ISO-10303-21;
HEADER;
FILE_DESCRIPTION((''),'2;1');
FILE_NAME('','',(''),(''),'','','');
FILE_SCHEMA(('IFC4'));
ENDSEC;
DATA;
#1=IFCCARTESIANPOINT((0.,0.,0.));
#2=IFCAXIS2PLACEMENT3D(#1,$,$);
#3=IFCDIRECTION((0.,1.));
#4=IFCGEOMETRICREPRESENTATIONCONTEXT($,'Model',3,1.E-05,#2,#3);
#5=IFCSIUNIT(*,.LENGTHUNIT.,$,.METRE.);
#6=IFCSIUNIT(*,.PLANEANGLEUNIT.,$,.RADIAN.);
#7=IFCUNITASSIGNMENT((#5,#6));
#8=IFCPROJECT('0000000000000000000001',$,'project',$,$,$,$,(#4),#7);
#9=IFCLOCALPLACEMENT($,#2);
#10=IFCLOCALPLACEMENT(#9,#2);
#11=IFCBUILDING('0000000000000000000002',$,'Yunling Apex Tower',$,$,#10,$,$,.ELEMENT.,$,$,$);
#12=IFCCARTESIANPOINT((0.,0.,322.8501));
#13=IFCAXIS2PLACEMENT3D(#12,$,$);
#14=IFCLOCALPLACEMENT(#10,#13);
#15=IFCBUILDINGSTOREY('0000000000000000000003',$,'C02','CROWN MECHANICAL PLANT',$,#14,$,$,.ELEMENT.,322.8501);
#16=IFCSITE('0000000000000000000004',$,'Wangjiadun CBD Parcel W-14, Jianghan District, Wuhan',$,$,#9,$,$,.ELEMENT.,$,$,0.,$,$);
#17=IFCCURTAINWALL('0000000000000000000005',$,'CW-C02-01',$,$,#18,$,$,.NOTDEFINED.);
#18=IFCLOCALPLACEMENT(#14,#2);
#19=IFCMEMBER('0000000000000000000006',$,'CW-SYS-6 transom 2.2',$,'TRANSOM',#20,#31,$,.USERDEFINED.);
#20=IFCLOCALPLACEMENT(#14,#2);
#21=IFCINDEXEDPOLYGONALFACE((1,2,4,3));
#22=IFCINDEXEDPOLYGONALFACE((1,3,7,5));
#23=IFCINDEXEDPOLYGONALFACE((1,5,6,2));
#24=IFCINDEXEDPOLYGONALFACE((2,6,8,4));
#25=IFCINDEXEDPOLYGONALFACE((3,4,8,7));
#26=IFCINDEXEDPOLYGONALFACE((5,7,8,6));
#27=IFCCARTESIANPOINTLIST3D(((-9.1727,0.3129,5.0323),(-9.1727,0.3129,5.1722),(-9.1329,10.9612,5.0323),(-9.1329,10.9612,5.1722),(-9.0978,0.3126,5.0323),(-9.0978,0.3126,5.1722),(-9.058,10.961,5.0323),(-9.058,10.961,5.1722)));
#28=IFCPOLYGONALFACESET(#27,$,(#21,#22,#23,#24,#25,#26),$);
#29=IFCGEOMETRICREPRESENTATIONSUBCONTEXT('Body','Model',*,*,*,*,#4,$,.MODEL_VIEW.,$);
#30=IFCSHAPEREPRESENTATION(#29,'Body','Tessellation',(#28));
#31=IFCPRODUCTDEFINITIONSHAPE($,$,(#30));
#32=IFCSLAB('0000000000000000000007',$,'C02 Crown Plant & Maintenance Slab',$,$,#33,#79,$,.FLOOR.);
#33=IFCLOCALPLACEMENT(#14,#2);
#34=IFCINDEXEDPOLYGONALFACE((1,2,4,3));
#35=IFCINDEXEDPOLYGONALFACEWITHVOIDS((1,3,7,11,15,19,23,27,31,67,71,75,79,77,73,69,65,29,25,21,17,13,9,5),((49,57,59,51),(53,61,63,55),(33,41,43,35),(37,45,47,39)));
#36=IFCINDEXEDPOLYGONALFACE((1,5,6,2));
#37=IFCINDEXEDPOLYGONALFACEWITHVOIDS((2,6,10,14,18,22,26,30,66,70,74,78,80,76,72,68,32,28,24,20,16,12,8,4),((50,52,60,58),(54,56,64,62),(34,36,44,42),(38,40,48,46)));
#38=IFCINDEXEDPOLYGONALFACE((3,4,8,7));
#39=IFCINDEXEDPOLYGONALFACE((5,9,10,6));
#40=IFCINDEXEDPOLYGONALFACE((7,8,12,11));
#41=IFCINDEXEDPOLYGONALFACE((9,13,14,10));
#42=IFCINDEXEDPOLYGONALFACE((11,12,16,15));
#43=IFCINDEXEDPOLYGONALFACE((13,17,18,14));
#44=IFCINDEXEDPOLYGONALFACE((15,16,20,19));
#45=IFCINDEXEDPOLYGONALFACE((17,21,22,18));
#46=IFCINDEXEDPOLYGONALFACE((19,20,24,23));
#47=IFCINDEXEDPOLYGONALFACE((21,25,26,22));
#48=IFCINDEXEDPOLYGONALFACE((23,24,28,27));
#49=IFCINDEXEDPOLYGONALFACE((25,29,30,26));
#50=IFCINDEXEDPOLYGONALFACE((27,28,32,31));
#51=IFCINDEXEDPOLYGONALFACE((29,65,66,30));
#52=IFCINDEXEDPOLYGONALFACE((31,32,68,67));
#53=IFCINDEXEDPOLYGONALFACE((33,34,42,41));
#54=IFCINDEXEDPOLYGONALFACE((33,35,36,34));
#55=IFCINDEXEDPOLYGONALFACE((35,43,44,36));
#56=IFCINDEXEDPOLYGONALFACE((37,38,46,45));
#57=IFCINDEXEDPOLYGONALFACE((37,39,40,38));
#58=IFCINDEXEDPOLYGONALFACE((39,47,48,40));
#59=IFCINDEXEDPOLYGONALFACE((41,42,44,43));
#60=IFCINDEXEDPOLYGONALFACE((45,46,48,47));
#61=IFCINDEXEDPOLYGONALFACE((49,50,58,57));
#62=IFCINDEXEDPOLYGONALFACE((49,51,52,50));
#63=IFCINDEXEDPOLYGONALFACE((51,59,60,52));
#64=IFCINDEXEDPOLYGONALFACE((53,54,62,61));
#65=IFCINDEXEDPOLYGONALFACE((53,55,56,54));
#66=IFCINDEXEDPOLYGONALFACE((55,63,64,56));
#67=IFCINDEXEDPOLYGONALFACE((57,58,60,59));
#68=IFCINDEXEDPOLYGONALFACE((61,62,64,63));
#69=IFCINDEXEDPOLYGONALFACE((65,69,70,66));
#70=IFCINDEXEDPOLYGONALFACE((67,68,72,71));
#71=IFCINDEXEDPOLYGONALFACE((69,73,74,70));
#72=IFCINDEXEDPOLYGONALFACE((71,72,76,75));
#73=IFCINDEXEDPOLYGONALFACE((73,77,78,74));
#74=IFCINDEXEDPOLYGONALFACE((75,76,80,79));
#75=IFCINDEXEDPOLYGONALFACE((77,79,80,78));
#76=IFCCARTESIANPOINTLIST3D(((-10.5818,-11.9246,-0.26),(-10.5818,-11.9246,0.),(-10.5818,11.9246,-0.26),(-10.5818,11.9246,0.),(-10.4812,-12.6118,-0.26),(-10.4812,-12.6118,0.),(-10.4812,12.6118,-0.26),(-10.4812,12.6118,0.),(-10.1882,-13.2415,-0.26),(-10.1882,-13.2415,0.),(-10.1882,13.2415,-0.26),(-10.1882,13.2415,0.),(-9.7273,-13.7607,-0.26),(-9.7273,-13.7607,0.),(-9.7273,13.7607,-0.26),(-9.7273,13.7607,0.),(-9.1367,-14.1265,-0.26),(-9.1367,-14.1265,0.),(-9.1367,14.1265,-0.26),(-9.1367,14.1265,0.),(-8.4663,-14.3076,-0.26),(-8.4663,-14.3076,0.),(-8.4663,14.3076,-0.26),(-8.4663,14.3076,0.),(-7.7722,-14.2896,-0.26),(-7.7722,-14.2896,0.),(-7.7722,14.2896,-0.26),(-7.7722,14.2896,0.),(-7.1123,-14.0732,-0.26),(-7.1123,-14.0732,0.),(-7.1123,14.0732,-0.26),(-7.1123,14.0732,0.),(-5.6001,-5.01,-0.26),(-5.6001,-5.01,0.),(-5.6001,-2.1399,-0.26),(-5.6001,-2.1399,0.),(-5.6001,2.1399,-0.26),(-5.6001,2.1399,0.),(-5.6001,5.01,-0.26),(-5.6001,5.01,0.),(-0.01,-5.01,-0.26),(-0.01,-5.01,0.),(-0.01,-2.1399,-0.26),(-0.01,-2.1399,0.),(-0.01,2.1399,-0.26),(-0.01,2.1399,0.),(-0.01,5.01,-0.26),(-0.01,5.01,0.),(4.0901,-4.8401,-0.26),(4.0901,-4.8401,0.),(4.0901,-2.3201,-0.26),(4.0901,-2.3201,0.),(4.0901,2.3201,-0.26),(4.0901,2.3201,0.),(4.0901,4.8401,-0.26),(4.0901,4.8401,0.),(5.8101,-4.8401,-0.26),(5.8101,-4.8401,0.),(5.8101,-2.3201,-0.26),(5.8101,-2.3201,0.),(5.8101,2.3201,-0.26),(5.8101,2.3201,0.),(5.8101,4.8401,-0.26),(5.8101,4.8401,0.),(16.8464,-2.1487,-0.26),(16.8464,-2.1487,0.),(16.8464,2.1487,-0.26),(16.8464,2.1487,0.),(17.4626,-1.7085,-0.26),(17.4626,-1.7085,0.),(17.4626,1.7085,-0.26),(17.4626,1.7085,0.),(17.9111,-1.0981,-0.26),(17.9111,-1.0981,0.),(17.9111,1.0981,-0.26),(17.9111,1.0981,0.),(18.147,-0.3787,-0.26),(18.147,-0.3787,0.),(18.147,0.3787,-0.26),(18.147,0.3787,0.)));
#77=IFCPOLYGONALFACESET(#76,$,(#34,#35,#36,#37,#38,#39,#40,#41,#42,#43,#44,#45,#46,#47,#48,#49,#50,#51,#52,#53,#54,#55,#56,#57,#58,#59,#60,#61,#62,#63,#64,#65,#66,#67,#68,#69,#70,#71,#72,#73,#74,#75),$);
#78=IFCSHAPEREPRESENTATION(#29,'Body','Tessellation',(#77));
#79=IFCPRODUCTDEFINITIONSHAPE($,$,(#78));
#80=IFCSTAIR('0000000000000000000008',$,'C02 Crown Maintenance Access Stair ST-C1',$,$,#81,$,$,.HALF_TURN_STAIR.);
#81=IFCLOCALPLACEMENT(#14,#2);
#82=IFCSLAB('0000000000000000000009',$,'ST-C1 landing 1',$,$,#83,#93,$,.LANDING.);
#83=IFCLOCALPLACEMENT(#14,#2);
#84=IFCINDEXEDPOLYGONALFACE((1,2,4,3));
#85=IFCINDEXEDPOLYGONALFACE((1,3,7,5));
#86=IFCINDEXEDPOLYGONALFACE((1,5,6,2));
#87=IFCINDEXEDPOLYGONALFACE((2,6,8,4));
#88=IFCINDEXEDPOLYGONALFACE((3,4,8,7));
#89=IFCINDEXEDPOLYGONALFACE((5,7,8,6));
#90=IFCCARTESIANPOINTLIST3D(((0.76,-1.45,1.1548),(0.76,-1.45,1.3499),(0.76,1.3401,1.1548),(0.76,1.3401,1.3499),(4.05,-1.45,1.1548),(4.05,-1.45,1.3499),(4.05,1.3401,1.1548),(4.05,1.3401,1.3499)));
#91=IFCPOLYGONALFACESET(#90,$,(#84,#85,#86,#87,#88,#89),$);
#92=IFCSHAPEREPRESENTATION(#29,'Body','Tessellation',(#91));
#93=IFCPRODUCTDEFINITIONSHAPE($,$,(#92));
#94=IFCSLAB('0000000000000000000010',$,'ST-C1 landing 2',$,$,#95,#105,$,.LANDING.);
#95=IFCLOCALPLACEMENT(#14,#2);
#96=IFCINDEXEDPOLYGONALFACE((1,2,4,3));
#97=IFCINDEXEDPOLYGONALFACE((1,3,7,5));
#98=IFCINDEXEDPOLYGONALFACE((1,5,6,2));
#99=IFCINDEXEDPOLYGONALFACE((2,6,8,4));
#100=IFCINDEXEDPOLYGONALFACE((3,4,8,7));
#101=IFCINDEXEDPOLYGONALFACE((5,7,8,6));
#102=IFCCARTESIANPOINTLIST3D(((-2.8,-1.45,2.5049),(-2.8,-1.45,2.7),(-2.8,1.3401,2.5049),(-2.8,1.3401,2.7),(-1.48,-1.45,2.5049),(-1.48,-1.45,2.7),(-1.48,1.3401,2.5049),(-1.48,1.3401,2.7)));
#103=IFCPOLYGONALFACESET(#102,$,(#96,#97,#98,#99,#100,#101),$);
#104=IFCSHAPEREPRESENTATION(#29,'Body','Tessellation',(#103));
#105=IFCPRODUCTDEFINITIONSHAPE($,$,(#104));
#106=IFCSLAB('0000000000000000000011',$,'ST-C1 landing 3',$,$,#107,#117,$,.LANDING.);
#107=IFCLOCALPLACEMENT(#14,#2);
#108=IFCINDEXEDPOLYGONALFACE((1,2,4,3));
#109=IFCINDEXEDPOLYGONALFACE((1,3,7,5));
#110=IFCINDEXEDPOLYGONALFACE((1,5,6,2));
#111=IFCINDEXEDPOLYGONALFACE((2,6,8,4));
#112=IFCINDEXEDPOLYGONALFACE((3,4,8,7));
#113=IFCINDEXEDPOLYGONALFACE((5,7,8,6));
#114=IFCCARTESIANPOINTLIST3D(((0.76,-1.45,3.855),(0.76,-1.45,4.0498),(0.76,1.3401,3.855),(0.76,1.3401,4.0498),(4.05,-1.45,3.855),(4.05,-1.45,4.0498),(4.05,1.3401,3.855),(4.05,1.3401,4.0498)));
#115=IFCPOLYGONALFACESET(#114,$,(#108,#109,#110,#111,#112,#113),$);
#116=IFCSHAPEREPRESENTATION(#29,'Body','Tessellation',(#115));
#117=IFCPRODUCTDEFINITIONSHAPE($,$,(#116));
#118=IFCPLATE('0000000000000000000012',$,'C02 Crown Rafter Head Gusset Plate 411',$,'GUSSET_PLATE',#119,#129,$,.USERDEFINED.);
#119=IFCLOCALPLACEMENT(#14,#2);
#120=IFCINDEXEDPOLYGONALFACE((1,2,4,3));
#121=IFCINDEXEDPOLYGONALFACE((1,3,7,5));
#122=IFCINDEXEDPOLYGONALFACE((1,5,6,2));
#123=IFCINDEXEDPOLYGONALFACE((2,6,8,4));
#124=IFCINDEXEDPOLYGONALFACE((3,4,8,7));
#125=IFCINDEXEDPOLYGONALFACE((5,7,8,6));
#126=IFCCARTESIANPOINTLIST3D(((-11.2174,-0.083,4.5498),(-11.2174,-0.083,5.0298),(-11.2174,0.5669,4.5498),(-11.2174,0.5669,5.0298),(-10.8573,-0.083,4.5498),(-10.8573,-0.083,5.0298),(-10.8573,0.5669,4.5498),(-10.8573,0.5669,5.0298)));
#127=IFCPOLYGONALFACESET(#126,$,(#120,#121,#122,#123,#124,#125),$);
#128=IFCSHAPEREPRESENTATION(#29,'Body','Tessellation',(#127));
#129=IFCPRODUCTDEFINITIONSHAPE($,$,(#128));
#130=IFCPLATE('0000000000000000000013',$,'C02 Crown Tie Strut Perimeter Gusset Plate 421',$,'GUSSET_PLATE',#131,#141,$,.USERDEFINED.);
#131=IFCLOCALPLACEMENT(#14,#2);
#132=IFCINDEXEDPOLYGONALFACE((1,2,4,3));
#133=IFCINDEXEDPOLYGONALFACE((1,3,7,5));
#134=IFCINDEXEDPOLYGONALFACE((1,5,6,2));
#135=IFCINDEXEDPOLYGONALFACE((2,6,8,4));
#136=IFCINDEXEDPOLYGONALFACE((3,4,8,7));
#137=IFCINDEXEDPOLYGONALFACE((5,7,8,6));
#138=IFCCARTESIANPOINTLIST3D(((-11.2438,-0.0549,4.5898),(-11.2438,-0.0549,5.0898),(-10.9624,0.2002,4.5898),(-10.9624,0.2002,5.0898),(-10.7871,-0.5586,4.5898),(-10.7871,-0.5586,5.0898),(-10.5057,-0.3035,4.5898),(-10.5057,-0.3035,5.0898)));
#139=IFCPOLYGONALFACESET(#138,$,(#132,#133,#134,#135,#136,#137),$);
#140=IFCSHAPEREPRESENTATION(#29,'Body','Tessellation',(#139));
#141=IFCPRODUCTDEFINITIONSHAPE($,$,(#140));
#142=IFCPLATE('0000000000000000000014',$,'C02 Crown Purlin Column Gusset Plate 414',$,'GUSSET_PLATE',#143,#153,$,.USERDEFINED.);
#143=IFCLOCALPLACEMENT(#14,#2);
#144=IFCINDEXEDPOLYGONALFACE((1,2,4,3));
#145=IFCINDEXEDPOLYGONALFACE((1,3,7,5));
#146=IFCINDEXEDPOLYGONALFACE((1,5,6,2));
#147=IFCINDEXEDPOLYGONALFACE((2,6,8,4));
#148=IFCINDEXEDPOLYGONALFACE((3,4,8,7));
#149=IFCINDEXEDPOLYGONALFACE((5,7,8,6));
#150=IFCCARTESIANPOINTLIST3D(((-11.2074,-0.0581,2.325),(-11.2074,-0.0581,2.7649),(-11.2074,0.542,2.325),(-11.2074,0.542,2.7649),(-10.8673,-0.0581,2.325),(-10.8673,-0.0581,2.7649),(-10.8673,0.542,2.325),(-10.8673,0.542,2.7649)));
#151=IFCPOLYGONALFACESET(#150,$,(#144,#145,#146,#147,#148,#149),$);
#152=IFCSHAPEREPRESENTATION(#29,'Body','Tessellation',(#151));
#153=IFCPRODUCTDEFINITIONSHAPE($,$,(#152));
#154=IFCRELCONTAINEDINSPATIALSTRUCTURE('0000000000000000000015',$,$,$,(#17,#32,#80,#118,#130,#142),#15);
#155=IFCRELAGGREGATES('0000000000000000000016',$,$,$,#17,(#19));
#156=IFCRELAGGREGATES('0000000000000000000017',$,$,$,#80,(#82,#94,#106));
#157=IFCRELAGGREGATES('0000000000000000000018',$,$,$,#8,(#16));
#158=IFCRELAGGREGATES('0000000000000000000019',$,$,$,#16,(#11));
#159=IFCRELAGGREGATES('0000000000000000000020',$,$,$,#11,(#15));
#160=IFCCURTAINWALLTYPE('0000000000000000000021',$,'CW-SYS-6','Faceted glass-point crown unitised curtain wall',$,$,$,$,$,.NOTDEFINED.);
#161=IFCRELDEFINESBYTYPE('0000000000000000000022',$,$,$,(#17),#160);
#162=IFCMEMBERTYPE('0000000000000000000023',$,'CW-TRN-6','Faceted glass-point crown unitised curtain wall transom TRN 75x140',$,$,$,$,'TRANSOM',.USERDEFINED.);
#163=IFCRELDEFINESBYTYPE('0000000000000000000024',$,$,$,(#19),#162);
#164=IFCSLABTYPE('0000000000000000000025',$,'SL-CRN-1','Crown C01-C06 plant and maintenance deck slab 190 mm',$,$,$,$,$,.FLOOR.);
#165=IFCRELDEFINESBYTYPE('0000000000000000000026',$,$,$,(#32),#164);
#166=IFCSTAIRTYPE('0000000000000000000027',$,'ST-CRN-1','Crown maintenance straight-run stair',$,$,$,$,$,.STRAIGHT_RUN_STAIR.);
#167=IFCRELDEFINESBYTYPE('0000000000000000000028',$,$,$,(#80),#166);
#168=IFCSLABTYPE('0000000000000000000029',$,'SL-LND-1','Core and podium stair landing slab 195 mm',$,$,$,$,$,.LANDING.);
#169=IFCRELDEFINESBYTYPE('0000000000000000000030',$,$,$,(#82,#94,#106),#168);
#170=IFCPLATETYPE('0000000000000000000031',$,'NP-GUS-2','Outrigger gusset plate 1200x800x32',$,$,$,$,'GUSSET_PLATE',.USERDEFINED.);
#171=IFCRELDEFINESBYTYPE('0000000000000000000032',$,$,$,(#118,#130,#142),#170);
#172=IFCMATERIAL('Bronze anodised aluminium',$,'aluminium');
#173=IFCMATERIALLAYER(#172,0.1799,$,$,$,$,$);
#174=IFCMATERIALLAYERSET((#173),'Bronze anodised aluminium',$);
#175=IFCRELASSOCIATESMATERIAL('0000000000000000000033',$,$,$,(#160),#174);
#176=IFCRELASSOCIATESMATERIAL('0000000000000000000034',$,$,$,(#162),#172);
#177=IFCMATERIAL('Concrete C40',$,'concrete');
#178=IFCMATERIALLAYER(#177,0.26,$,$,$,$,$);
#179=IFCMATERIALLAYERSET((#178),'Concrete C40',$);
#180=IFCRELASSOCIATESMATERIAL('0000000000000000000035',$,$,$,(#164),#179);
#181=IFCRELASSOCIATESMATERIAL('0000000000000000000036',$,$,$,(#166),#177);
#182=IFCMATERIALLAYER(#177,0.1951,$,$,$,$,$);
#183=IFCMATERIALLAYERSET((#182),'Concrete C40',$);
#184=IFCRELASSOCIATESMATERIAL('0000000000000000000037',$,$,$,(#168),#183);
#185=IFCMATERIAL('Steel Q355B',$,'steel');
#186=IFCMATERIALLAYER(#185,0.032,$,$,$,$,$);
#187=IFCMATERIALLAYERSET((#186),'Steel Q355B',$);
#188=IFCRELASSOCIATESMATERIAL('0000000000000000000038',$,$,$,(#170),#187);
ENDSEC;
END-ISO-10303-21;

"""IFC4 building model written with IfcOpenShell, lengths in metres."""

from ifc_helpers import new_model, si_unit, direction, frame, origin, origin_2d, place, context, subcontext, project, spatial, polyline, rectangle, outline, extrude, source, transform, mapped, material, layer, layer_set, material_profile, profile_set, type_object, element, aggregate, save


model = new_model("IFC4")

# Units and contexts
model_context = context("Model", 3, precision=1e-05, world=origin(), true_north=direction((0.0, 1.0)))
body_context = subcontext(model_context, "Body", "Model", "MODEL_VIEW")
ifc_project = project(units=[si_unit("LENGTHUNIT", "METRE"), si_unit("PLANEANGLEUNIT", "RADIAN")], contexts=[model_context])

# Site, building, storey
site_placement = place(None, origin())
site = spatial("IfcSite", under=ifc_project, at=site_placement, Name="Wangjiadun CBD Parcel W-14, Jianghan District, Wuhan", CompositionType="ELEMENT", RefElevation=0.0)
building_placement = place(site_placement, origin())
building = spatial("IfcBuilding", under=site, at=building_placement, Name="Yunling Apex Tower", CompositionType="ELEMENT")
storey_placement = place(building_placement, frame((0.0, 0.0, 322.8501)))
storey = spatial("IfcBuildingStorey", under=building, at=storey_placement, Name="C02", Description="CROWN MECHANICAL PLANT", CompositionType="ELEMENT", Elevation=322.8501)

# Shared definitions
ifc_material_1 = material(Name="Steel Q355B", Category="steel")

# Curtain wall, member
ifc_material_2 = material(Name="Bronze anodised aluminium", Category="aluminium")
ifc_layer_1 = layer(ifc_material_2, 0.1799)
ifc_layer_set_1 = layer_set([ifc_layer_1], Name="Bronze anodised aluminium")
curtain_wall_type = type_object("IfcCurtainWallType", Name="CW-SYS-6", Description="Faceted glass-point crown unitised curtain wall", PredefinedType="NOTDEFINED", material=ifc_layer_set_1)
curtain_wall_placement = place(storey_placement, origin())
curtain_wall = element("IfcCurtainWall", 1, at=curtain_wall_placement, inside=storey, type_object=curtain_wall_type, Name="CW-C02-01", PredefinedType="NOTDEFINED")
ifc_material_profile_1 = material_profile(ifc_material_2, rectangle(XDim=0.075, YDim=0.1399, at=origin_2d()))
ifc_profile_set_1 = profile_set([ifc_material_profile_1], Name="Bronze anodised aluminium")
member_type_1 = type_object("IfcMemberType", Name="CW-TRN-6", Description="Faceted glass-point crown unitised curtain wall transom TRN 75x140", ElementType="TRANSOM", PredefinedType="USERDEFINED", material=ifc_profile_set_1)
shared_shape_1 = source(origin(), body_context, "Body", "SweptSolid", [
    extrude(rectangle(XDim=0.075, YDim=0.1399, at=origin_2d()), origin(), (0.0, 0.0, 1.0), 10.6484),
])
member_1_placement = place(storey_placement, frame((-9.1353, 0.3127, 5.1023), z_axis=(0.003737, 0.999993, 0.0), x_axis=(-0.999993, 0.003737, 0.0)))
member_1 = element("IfcMember", 2, at=member_1_placement, type_object=member_type_1, Name="CW-SYS-6 transom 2.2", ObjectType="TRANSOM", PredefinedType="USERDEFINED", context=body_context, shape_type="MappedRepresentation", body=[
    mapped(shared_shape_1, transform((0.0, 0.0, 0.0), scale=1.0)),
])
aggregate(curtain_wall, [member_1])

# Slab
ifc_material_3 = material(Name="Concrete C40", Category="concrete")
ifc_layer_2 = layer(ifc_material_3, 0.26)
ifc_layer_set_2 = layer_set([ifc_layer_2], Name="Concrete C40")
slab_type_1 = type_object("IfcSlabType", Name="SL-CRN-1", Description="Crown C01-C06 plant and maintenance deck slab 190 mm", PredefinedType="FLOOR", material=ifc_layer_set_2)
slab_1_placement = place(storey_placement, frame((0.0, 0.0, -0.26)))
element("IfcSlab", 3, at=slab_1_placement, inside=storey, type_object=slab_type_1, Name="C02 Crown Plant & Maintenance Slab", PredefinedType="FLOOR", context=body_context, shape_type="SweptSolid", body=[
    extrude(outline(polyline([(-10.5818, -11.9246), (-10.4812, -12.6118), (-10.1882, -13.2415), (-9.7273, -13.7607), (-9.1367, -14.1265), (-8.4663, -14.3076), (-7.7722, -14.2896), (-7.1123, -14.0732), (16.8464, -2.1487), (17.4626, -1.7085), (17.9111, -1.0981), (18.147, -0.3787), (18.147, 0.3787), (17.9111, 1.0981), (17.4626, 1.7085), (16.8464, 2.1487), (-7.1123, 14.0732), (-7.7722, 14.2896), (-8.4663, 14.3076), (-9.1367, 14.1265), (-9.7273, 13.7607), (-10.1882, 13.2415), (-10.4812, 12.6118), (-10.5818, 11.9246), (-10.5818, -11.9246)]), holes=[polyline([(4.0901, -4.8401), (4.0901, -2.3201), (5.8101, -2.3201), (5.8101, -4.8401), (4.0901, -4.8401)]), polyline([(4.0901, 2.3201), (4.0901, 4.8401), (5.8101, 4.8401), (5.8101, 2.3201), (4.0901, 2.3201)]), polyline([(-0.01, -2.1399), (-0.01, -5.01), (-5.6001, -5.01), (-5.6001, -2.1399), (-0.01, -2.1399)]), polyline([(-0.01, 5.01), (-0.01, 2.1399), (-5.6001, 2.1399), (-5.6001, 5.01), (-0.01, 5.01)])]), origin(), (0.0, 0.0, 1.0), 0.26),
])

# Stair, slabs
stair_type = type_object("IfcStairType", Name="ST-CRN-1", Description="Crown maintenance straight-run stair", PredefinedType="STRAIGHT_RUN_STAIR", material=ifc_material_3)
stair_placement = place(storey_placement, origin())
stair = element("IfcStair", 4, at=stair_placement, inside=storey, type_object=stair_type, Name="C02 Crown Maintenance Access Stair ST-C1", PredefinedType="HALF_TURN_STAIR")
ifc_layer_3 = layer(ifc_material_3, 0.1951)
ifc_layer_set_3 = layer_set([ifc_layer_3], Name="Concrete C40")
slab_type_2 = type_object("IfcSlabType", Name="SL-LND-1", Description="Core and podium stair landing slab 195 mm", PredefinedType="LANDING", material=ifc_layer_set_3)
slab_2_placement = place(storey_placement, frame((0.0, 0.0, 1.1548)))
slab_2 = element("IfcSlab", 5, at=slab_2_placement, type_object=slab_type_2, Name="ST-C1 landing 1", PredefinedType="LANDING", context=body_context, shape_type="SweptSolid", body=[
    extrude(outline(polyline([(0.76, -1.45), (4.05, -1.45), (4.05, 1.3401), (0.76, 1.3401), (0.76, -1.45)])), origin(), (0.0, 0.0, 1.0), 0.1951),
])
slab_3_placement = place(storey_placement, frame((0.0, 0.0, 2.5049)))
slab_3 = element("IfcSlab", 6, at=slab_3_placement, type_object=slab_type_2, Name="ST-C1 landing 2", PredefinedType="LANDING", context=body_context, shape_type="SweptSolid", body=[
    extrude(outline(polyline([(-2.8, -1.45), (-1.48, -1.45), (-1.48, 1.3401), (-2.8, 1.3401), (-2.8, -1.45)])), origin(), (0.0, 0.0, 1.0), 0.1951),
])
slab_4_placement = place(storey_placement, frame((0.0, 0.0, 3.855)))
slab_4 = element("IfcSlab", 7, at=slab_4_placement, type_object=slab_type_2, Name="ST-C1 landing 3", PredefinedType="LANDING", context=body_context, shape_type="SweptSolid", body=[
    extrude(outline(polyline([(0.76, -1.45), (4.05, -1.45), (4.05, 1.3401), (0.76, 1.3401), (0.76, -1.45)])), origin(), (0.0, 0.0, 1.0), 0.1948),
])
aggregate(stair, [slab_2, slab_3, slab_4])

# Plates
ifc_layer_4 = layer(ifc_material_1, 0.032)
ifc_layer_set_4 = layer_set([ifc_layer_4], Name="Steel Q355B")
plate_type = type_object("IfcPlateType", Name="NP-GUS-2", Description="Outrigger gusset plate 1200x800x32", ElementType="GUSSET_PLATE", PredefinedType="USERDEFINED", material=ifc_layer_set_4)
shared_shape_2 = source(origin(), body_context, "Body", "SweptSolid", [
    extrude(rectangle(XDim=0.6499, YDim=0.3601, at=origin_2d()), origin(), (0.0, 0.0, 1.0), 0.48),
])
plate_1_placement = place(storey_placement, frame((-11.0374, 0.2419, 4.5498), z_axis=(0.0, 0.0, 1.0), x_axis=(0.0, -1.0, 0.0)))
element("IfcPlate", 8, at=plate_1_placement, inside=storey, type_object=plate_type, Name="C02 Crown Rafter Head Gusset Plate 411", ObjectType="GUSSET_PLATE", PredefinedType="USERDEFINED", context=body_context, shape_type="MappedRepresentation", body=[
    mapped(shared_shape_2, transform((0.0, 0.0, 0.0), scale=1.0)),
])
shared_shape_3 = source(origin(), body_context, "Body", "SweptSolid", [
    extrude(rectangle(XDim=0.6799, YDim=0.3799, at=origin_2d()), origin(), (0.0, 0.0, 1.0), 0.5),
])
plate_2_placement = place(storey_placement, frame((-10.8748, -0.1792, 4.5898), z_axis=(0.0, 0.0, 1.0), x_axis=(-0.671721, 0.740805, 0.0)))
element("IfcPlate", 9, at=plate_2_placement, inside=storey, type_object=plate_type, Name="C02 Crown Tie Strut Perimeter Gusset Plate 421", ObjectType="GUSSET_PLATE", PredefinedType="USERDEFINED", context=body_context, shape_type="MappedRepresentation", body=[
    mapped(shared_shape_3, transform((0.0, 0.0, 0.0), scale=1.0)),
])
shared_shape_4 = source(origin(), body_context, "Body", "SweptSolid", [
    extrude(rectangle(XDim=0.6001, YDim=0.3401, at=origin_2d()), origin(), (0.0, 0.0, 1.0), 0.4399),
])
plate_3_placement = place(storey_placement, frame((-11.0374, 0.2419, 2.325), z_axis=(0.0, 0.0, 1.0), x_axis=(0.0, -1.0, 0.0)))
element("IfcPlate", 10, at=plate_3_placement, inside=storey, type_object=plate_type, Name="C02 Crown Purlin Column Gusset Plate 414", ObjectType="GUSSET_PLATE", PredefinedType="USERDEFINED", context=body_context, shape_type="MappedRepresentation", body=[
    mapped(shared_shape_4, transform((0.0, 0.0, 0.0), scale=1.0)),
])

save(model, "model.ifc")
